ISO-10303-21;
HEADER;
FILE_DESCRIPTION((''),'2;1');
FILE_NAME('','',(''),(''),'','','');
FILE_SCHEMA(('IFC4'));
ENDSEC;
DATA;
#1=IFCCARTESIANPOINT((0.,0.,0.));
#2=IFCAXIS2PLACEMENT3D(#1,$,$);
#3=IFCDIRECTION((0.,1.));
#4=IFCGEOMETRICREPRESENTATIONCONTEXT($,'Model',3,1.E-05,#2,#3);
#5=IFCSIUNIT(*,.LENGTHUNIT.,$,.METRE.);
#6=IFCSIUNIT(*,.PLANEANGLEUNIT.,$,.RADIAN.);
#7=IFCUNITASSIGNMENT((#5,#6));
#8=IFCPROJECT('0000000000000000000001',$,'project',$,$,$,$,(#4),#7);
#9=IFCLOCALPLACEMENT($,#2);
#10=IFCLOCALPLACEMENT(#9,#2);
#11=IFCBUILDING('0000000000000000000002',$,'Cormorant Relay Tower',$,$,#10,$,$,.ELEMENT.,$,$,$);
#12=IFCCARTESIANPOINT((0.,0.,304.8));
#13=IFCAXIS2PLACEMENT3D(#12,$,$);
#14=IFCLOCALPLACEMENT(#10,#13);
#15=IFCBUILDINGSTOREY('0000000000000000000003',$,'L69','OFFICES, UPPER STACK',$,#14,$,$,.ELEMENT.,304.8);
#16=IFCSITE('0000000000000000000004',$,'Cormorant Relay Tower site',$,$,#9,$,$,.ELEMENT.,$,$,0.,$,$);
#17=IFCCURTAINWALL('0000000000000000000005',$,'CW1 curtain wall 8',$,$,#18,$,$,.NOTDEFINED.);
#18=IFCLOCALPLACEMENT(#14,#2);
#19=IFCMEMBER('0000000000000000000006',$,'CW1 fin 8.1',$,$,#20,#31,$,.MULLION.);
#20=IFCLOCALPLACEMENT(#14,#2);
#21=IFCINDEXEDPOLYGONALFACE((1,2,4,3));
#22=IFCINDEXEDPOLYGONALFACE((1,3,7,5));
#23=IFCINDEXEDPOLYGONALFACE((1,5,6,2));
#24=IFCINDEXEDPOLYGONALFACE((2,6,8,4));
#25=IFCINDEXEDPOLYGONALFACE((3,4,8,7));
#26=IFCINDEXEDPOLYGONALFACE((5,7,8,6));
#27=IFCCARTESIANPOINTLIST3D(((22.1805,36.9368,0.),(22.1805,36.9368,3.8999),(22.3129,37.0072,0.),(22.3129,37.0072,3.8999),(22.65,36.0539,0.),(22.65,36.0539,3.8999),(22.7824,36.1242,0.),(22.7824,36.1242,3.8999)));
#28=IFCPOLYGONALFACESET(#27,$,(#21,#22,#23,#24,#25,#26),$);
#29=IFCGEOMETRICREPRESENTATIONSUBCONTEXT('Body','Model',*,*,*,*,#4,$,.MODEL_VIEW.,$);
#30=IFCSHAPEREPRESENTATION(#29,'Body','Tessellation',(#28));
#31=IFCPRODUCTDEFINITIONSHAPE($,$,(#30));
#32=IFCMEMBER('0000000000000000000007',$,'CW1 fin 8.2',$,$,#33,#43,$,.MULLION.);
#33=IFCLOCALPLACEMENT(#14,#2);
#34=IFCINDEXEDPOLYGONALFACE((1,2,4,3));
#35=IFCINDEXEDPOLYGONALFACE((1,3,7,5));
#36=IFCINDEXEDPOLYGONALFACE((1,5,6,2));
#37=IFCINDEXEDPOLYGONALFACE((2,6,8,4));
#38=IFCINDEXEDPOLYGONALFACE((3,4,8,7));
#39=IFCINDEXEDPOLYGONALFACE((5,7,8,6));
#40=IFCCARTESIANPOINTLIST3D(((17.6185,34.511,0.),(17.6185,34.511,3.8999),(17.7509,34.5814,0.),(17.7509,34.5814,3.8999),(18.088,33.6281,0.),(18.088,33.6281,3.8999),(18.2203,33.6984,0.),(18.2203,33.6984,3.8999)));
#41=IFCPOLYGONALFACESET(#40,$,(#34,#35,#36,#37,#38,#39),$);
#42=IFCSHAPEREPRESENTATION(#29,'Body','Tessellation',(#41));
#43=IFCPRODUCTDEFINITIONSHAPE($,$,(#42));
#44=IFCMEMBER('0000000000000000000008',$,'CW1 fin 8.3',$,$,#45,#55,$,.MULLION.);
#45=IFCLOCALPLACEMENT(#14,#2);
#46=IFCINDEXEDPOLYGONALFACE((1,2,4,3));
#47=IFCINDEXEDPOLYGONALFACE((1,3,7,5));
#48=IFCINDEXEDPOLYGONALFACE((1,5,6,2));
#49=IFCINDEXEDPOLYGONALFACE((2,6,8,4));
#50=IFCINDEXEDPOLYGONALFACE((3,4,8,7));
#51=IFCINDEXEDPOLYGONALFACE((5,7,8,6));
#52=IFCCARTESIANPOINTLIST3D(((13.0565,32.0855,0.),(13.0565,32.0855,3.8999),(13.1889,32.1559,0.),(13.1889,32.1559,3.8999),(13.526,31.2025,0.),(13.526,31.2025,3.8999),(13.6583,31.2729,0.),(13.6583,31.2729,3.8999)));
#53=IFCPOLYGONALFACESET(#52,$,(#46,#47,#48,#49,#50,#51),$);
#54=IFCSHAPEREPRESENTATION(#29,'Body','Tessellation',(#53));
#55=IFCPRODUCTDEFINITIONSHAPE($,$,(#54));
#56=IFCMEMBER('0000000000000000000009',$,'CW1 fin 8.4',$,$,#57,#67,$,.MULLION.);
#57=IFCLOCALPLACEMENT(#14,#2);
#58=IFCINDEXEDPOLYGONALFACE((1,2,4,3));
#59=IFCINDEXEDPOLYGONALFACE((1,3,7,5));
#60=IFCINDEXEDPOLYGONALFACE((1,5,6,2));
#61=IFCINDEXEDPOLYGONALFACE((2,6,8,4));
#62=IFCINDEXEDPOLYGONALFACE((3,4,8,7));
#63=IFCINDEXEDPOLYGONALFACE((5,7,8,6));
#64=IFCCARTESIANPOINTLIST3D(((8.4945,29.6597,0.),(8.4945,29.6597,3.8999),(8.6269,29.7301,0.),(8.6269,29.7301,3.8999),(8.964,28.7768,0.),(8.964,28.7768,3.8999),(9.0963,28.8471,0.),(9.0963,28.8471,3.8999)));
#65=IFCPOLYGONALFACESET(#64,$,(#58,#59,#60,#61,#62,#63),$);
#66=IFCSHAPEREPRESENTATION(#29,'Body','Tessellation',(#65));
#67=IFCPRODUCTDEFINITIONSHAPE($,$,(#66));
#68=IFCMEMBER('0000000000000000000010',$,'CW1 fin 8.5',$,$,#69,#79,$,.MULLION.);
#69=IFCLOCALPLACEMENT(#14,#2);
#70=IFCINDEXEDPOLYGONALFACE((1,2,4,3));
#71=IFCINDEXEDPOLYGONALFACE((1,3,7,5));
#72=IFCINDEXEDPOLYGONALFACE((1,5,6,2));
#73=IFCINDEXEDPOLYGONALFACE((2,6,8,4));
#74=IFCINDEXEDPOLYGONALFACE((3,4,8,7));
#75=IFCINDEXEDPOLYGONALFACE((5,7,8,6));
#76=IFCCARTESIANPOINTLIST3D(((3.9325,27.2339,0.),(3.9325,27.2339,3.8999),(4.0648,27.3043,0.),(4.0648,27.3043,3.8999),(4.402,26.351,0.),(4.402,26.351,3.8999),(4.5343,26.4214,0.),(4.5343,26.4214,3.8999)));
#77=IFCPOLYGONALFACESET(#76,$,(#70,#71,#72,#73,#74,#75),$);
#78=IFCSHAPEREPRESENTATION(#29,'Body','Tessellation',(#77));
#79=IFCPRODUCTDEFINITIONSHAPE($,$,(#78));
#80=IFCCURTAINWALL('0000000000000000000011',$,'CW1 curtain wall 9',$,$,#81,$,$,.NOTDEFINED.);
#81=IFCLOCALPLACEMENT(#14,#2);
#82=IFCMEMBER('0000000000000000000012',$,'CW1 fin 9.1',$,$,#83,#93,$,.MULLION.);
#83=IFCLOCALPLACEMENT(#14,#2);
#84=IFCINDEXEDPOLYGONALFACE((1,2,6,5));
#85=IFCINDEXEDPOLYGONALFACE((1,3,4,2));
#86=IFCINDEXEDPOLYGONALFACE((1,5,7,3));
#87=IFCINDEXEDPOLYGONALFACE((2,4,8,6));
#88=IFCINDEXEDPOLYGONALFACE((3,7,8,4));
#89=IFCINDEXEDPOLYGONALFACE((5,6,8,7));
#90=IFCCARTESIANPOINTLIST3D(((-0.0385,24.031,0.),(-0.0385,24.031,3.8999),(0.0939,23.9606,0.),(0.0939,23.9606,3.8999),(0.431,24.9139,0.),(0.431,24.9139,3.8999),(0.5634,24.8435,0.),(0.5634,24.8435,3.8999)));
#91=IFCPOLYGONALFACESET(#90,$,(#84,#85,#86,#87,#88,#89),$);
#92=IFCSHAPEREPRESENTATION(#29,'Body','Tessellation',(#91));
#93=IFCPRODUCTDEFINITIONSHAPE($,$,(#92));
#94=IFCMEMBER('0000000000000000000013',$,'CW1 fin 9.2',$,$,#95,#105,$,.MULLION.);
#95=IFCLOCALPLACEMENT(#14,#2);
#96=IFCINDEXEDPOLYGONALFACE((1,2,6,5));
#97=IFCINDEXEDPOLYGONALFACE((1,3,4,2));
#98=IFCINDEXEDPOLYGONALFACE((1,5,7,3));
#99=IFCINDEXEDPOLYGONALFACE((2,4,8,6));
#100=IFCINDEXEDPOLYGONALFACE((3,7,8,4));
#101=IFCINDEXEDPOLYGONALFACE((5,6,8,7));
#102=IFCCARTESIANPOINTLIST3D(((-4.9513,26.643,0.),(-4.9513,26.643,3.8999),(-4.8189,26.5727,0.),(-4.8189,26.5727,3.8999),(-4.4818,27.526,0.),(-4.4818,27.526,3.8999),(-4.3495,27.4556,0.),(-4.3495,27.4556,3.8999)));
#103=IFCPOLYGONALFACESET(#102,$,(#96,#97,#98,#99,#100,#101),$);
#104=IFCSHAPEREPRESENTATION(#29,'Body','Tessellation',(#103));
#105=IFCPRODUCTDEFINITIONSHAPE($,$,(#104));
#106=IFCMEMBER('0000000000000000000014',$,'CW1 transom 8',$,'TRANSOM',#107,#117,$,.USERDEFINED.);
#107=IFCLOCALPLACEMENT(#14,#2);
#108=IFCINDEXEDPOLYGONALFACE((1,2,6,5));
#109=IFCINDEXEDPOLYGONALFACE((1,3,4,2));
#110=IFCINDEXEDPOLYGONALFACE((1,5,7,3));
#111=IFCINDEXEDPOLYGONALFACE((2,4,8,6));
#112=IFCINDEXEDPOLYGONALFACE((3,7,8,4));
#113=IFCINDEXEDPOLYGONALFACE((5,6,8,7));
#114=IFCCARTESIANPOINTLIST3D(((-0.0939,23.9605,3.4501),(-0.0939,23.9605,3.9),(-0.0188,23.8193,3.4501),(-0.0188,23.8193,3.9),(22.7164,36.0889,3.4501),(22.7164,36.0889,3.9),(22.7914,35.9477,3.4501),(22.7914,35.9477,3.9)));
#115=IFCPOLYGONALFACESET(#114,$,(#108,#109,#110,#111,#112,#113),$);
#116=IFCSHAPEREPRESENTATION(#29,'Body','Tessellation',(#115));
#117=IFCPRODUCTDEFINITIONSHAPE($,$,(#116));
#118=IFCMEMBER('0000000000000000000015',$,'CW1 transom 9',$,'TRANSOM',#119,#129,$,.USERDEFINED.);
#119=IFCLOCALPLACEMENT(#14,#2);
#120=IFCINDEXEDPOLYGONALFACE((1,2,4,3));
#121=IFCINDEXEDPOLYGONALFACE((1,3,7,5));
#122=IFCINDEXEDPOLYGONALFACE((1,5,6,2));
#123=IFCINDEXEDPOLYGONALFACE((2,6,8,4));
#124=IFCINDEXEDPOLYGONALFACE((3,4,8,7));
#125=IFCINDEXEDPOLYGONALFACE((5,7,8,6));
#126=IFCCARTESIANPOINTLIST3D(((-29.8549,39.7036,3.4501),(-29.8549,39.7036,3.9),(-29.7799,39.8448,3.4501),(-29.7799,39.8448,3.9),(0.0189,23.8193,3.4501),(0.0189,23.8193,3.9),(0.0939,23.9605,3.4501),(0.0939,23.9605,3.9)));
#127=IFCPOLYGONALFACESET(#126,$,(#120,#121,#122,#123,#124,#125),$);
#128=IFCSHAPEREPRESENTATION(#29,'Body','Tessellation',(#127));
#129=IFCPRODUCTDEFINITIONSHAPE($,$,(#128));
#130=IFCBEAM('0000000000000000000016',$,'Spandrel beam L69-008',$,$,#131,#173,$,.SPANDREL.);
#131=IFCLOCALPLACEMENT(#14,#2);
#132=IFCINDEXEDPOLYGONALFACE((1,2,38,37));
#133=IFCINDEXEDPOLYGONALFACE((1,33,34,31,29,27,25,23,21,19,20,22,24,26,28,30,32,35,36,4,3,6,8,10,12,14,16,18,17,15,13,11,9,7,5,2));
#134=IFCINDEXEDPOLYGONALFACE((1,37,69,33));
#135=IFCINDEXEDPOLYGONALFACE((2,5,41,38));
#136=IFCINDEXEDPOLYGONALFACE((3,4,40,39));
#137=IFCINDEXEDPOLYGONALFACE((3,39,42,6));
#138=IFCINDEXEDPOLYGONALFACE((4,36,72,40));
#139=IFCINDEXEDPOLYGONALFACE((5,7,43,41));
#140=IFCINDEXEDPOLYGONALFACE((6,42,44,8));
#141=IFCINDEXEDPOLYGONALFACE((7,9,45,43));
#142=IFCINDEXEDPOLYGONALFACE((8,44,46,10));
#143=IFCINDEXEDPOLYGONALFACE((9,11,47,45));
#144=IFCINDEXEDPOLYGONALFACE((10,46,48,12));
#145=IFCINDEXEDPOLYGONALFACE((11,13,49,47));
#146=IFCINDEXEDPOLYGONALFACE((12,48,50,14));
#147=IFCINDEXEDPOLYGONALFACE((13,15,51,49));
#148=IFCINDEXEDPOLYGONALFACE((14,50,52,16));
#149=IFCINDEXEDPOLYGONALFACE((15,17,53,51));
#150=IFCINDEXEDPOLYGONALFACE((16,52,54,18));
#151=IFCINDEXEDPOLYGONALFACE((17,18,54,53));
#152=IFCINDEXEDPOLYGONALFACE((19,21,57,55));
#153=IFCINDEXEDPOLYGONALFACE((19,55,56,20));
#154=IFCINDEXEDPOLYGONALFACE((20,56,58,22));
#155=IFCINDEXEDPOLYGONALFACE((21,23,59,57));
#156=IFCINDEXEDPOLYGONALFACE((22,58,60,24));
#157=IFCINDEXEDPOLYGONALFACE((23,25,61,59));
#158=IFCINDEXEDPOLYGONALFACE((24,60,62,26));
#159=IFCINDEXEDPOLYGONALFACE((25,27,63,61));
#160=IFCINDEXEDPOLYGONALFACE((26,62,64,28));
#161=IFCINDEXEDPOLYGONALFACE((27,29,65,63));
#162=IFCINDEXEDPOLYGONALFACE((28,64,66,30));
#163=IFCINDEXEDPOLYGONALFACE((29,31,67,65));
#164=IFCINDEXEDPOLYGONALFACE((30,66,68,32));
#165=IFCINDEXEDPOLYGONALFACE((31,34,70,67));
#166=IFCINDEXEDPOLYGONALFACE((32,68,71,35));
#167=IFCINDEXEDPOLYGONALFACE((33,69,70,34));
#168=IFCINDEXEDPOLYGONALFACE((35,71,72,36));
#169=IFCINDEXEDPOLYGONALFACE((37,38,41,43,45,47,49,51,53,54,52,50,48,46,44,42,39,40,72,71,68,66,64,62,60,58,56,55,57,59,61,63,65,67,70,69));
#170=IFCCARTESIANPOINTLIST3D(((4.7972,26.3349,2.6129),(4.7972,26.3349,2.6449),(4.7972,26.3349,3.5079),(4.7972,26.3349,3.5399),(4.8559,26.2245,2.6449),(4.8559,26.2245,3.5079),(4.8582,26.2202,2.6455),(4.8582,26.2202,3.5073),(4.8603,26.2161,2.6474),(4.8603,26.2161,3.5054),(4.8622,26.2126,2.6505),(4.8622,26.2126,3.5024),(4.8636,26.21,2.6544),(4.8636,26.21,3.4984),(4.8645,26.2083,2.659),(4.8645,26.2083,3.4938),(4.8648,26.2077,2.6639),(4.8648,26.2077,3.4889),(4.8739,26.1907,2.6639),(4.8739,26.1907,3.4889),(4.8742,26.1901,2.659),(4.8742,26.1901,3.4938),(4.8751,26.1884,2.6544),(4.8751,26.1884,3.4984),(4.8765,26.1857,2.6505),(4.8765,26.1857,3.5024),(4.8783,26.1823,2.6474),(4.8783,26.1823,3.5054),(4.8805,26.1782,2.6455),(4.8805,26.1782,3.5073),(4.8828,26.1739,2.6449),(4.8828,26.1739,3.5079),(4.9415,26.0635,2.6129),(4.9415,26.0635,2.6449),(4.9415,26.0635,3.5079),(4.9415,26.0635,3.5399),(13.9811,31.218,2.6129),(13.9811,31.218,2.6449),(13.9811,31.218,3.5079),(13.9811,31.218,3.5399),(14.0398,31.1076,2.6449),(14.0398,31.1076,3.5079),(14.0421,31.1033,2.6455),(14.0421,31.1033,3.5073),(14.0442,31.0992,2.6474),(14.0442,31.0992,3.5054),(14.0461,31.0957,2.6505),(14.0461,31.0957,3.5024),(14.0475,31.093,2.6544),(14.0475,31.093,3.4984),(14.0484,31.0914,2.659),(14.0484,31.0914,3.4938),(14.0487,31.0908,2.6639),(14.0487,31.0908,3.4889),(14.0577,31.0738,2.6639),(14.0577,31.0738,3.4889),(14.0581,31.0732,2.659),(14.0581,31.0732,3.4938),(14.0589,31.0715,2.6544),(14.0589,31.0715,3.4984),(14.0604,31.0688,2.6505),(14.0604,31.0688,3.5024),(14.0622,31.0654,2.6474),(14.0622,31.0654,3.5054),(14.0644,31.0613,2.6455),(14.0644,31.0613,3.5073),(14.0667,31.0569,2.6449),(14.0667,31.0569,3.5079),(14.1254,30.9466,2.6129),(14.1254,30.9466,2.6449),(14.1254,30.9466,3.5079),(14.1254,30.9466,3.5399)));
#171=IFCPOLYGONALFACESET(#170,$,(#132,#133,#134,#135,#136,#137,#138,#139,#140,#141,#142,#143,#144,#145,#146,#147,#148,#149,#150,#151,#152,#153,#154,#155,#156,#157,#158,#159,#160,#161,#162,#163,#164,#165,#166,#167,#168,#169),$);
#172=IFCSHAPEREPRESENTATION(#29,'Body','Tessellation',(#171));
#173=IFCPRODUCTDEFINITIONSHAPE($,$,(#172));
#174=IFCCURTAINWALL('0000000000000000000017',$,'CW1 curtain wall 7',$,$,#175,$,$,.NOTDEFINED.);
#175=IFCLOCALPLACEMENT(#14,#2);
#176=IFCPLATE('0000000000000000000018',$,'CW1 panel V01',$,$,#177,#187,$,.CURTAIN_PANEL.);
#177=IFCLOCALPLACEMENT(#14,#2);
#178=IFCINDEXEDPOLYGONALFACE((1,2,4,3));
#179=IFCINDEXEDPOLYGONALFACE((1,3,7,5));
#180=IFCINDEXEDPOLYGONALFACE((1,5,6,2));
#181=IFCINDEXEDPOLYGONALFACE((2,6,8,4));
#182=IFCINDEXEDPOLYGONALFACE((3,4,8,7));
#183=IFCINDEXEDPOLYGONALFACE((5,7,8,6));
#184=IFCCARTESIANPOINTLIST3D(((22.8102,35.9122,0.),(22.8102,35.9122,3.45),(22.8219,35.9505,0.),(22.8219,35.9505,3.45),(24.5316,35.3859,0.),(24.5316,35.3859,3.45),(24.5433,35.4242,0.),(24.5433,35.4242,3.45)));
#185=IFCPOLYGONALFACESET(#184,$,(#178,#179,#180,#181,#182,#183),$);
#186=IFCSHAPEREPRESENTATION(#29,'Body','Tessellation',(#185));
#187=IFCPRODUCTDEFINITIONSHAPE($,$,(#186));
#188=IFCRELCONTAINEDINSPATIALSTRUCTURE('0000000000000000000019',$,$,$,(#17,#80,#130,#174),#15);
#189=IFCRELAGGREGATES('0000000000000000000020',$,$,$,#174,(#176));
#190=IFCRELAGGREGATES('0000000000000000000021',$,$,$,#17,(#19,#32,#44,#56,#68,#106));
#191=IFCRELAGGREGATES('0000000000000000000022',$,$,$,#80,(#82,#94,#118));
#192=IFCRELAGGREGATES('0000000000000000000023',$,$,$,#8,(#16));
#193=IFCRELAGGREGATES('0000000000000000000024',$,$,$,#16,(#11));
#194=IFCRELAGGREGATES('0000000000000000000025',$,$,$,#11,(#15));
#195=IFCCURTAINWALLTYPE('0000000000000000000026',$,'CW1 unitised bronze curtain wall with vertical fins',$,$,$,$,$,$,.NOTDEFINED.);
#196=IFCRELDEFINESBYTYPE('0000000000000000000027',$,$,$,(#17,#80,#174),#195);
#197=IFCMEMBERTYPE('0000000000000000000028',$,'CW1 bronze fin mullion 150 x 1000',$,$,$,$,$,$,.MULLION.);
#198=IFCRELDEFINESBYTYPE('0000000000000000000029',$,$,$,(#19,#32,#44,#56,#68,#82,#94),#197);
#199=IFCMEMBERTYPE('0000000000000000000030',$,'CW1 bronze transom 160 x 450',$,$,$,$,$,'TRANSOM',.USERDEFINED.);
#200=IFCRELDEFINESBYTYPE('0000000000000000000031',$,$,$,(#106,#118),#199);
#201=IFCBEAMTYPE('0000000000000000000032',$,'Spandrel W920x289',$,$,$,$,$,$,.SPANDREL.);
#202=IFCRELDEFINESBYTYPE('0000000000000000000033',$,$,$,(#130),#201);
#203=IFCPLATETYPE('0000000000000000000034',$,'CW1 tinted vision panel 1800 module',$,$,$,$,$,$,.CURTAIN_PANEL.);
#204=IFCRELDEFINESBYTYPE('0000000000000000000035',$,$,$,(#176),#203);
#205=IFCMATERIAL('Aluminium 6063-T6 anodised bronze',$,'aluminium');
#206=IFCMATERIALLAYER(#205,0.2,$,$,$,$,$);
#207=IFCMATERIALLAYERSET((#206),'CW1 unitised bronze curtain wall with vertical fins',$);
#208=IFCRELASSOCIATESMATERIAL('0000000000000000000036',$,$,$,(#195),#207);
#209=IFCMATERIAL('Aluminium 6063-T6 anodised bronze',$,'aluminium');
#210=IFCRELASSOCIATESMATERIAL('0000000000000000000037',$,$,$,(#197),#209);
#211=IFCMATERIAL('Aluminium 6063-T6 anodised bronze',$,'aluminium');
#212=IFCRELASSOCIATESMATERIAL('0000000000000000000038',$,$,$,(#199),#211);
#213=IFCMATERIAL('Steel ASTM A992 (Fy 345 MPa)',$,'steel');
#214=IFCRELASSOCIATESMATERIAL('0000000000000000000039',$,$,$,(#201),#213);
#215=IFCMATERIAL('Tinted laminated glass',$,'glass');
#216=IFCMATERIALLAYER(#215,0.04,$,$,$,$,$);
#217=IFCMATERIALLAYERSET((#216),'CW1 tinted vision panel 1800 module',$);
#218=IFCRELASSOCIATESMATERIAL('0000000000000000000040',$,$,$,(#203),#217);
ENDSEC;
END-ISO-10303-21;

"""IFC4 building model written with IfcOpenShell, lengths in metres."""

from ifc_helpers import new_model, si_unit, direction, frame, origin, origin_2d, place, context, subcontext, project, spatial, rectangle, i_section, extrude, material, layer, layer_set, material_profile, profile_set, type_object, element, aggregate, save


model = new_model("IFC4")

# Units and contexts
model_context = context("Model", 3, precision=1e-05, world=origin(), true_north=direction((0.0, 1.0)))
body_context = subcontext(model_context, "Body", "Model", "MODEL_VIEW")
ifc_project = project(units=[si_unit("LENGTHUNIT", "METRE"), si_unit("PLANEANGLEUNIT", "RADIAN")], contexts=[model_context])

# Site, building, storey
site_placement = place(None, origin())
site = spatial("IfcSite", under=ifc_project, at=site_placement, Name="Cormorant Relay Tower site", CompositionType="ELEMENT", RefElevation=0.0)
building_placement = place(site_placement, origin())
building = spatial("IfcBuilding", under=site, at=building_placement, Name="Cormorant Relay Tower", CompositionType="ELEMENT")
storey_placement = place(building_placement, frame((0.0, 0.0, 304.8)))
storey = spatial("IfcBuildingStorey", under=building, at=storey_placement, Name="L69", Description="OFFICES, UPPER STACK", CompositionType="ELEMENT", Elevation=304.8)

# Curtain walls, members
ifc_material_1 = material(Name="Aluminium 6063-T6 anodised bronze", Category="aluminium")
ifc_layer_1 = layer(ifc_material_1, 0.2)
ifc_layer_set_1 = layer_set([ifc_layer_1], Name="CW1 unitised bronze curtain wall with vertical fins")
curtain_wall_type = type_object("IfcCurtainWallType", Name="CW1 unitised bronze curtain wall with vertical fins", PredefinedType="NOTDEFINED", material=ifc_layer_set_1)
curtain_wall_1_placement = place(storey_placement, origin())
curtain_wall_1 = element("IfcCurtainWall", 1, at=curtain_wall_1_placement, inside=storey, type_object=curtain_wall_type, Name="CW1 curtain wall 8", PredefinedType="NOTDEFINED")
ifc_material_2 = material(Name="Aluminium 6063-T6 anodised bronze", Category="aluminium")
ifc_material_profile_1 = material_profile(ifc_material_2, rectangle(XDim=0.1499, YDim=1.0, at=origin_2d()), Name="AL 150x1000")
ifc_profile_set_1 = profile_set([ifc_material_profile_1], Name="Aluminium 6063-T6 anodised bronze")
member_type_1 = type_object("IfcMemberType", Name="CW1 bronze fin mullion 150 x 1000", PredefinedType="MULLION", material=ifc_profile_set_1)
member_1_placement = place(storey_placement, frame((22.4814, 36.5305, 0.0), z_axis=(0.0, 0.0, 1.0), x_axis=(-0.882948, -0.469472, 0.0)))
member_1 = element("IfcMember", 2, at=member_1_placement, type_object=member_type_1, Name="CW1 fin 8.1", PredefinedType="MULLION", context=body_context, shape_type="SweptSolid", body=[
    extrude(rectangle(XDim=0.1499, YDim=1.0, at=origin_2d()), origin(), (0.0, 0.0, 1.0), 3.8999),
])
member_2_placement = place(storey_placement, frame((17.9194, 34.1047, 0.0), z_axis=(0.0, 0.0, 1.0), x_axis=(-0.882948, -0.469472, 0.0)))
member_2 = element("IfcMember", 3, at=member_2_placement, type_object=member_type_1, Name="CW1 fin 8.2", PredefinedType="MULLION", context=body_context, shape_type="SweptSolid", body=[
    extrude(rectangle(XDim=0.1499, YDim=1.0, at=origin_2d()), origin(), (0.0, 0.0, 1.0), 3.8999),
])
member_3_placement = place(storey_placement, frame((13.3574, 31.6792, 0.0), z_axis=(0.0, 0.0, 1.0), x_axis=(-0.882948, -0.469472, 0.0)))
member_3 = element("IfcMember", 4, at=member_3_placement, type_object=member_type_1, Name="CW1 fin 8.3", PredefinedType="MULLION", context=body_context, shape_type="SweptSolid", body=[
    extrude(rectangle(XDim=0.1499, YDim=1.0, at=origin_2d()), origin(), (0.0, 0.0, 1.0), 3.8999),
])
member_4_placement = place(storey_placement, frame((8.7954, 29.2534, 0.0), z_axis=(0.0, 0.0, 1.0), x_axis=(-0.882948, -0.469472, 0.0)))
member_4 = element("IfcMember", 5, at=member_4_placement, type_object=member_type_1, Name="CW1 fin 8.4", PredefinedType="MULLION", context=body_context, shape_type="SweptSolid", body=[
    extrude(rectangle(XDim=0.1499, YDim=1.0, at=origin_2d()), origin(), (0.0, 0.0, 1.0), 3.8999),
])
member_5_placement = place(storey_placement, frame((4.2334, 26.8276, 0.0), z_axis=(0.0, 0.0, 1.0), x_axis=(-0.882948, -0.469472, 0.0)))
member_5 = element("IfcMember", 6, at=member_5_placement, type_object=member_type_1, Name="CW1 fin 8.5", PredefinedType="MULLION", context=body_context, shape_type="SweptSolid", body=[
    extrude(rectangle(XDim=0.1499, YDim=1.0, at=origin_2d()), origin(), (0.0, 0.0, 1.0), 3.8999),
])
curtain_wall_2_placement = place(storey_placement, origin())
curtain_wall_2 = element("IfcCurtainWall", 7, at=curtain_wall_2_placement, inside=storey, type_object=curtain_wall_type, Name="CW1 curtain wall 9", PredefinedType="NOTDEFINED")
member_6_placement = place(storey_placement, frame((0.2625, 24.4373, 0.0), z_axis=(0.0, 0.0, 1.0), x_axis=(-0.882948, 0.469472, 0.0)))
member_6 = element("IfcMember", 8, at=member_6_placement, type_object=member_type_1, Name="CW1 fin 9.1", PredefinedType="MULLION", context=body_context, shape_type="SweptSolid", body=[
    extrude(rectangle(XDim=0.1499, YDim=1.0, at=origin_2d()), origin(), (0.0, 0.0, 1.0), 3.8999),
])
member_7_placement = place(storey_placement, frame((-4.6504, 27.0493, 0.0), z_axis=(0.0, 0.0, 1.0), x_axis=(-0.882948, 0.469472, 0.0)))
member_7 = element("IfcMember", 9, at=member_7_placement, type_object=member_type_1, Name="CW1 fin 9.2", PredefinedType="MULLION", context=body_context, shape_type="SweptSolid", body=[
    extrude(rectangle(XDim=0.1499, YDim=1.0, at=origin_2d()), origin(), (0.0, 0.0, 1.0), 3.8999),
])

# Members
ifc_material_3 = material(Name="Aluminium 6063-T6 anodised bronze", Category="aluminium")
ifc_material_profile_2 = material_profile(ifc_material_3, rectangle(XDim=0.1599, YDim=0.45, at=origin_2d()), Name="AL 160x450")
ifc_profile_set_2 = profile_set([ifc_material_profile_2], Name="Aluminium 6063-T6 anodised bronze")
member_type_2 = type_object("IfcMemberType", Name="CW1 bronze transom 160 x 450", ElementType="TRANSOM", PredefinedType="USERDEFINED", material=ifc_profile_set_2)
member_8_placement = place(storey_placement, frame((22.7539, 36.0183, 3.675), z_axis=(-0.882948, -0.469471, 0.0), x_axis=(0.469471, -0.882948, 0.0)))
member_8 = element("IfcMember", 10, at=member_8_placement, type_object=member_type_2, Name="CW1 transom 8", ObjectType="TRANSOM", PredefinedType="USERDEFINED", context=body_context, shape_type="SweptSolid", body=[
    extrude(rectangle(XDim=0.1599, YDim=0.45, at=origin_2d()), origin(), (0.0, 0.0, 1.0), 25.8342),
])
member_9_placement = place(storey_placement, frame((0.0564, 23.8899, 3.675), z_axis=(-0.882946, 0.469474, 0.0), x_axis=(-0.469474, -0.882946, 0.0)))
member_9 = element("IfcMember", 11, at=member_9_placement, type_object=member_type_2, Name="CW1 transom 9", ObjectType="TRANSOM", PredefinedType="USERDEFINED", context=body_context, shape_type="SweptSolid", body=[
    extrude(rectangle(XDim=0.1599, YDim=0.45, at=origin_2d()), origin(), (0.0, 0.0, 1.0), 33.8342),
])

# Beam
ifc_material_4 = material(Name="Steel ASTM A992 (Fy 345 MPa)", Category="steel")
ifc_material_profile_3 = material_profile(ifc_material_4, i_section(OverallWidth=0.3074, OverallDepth=0.927, WebThickness=0.0193, FlangeThickness=0.032, FilletRadius=0.019, at=origin_2d()), Name="W920x289")
ifc_profile_set_3 = profile_set([ifc_material_profile_3], Name="Steel ASTM A992 (Fy 345 MPa)")
beam_type = type_object("IfcBeamType", Name="Spandrel W920x289", PredefinedType="SPANDREL", material=ifc_profile_set_3)
beam_placement = place(storey_placement, frame((14.0532, 31.0823, 3.0764), z_axis=(-0.882951, -0.469466, 0.0), x_axis=(0.469466, -0.882951, 0.0)))
element("IfcBeam", 12, at=beam_placement, inside=storey, type_object=beam_type, Name="Spandrel beam L69-008", PredefinedType="SPANDREL", context=body_context, shape_type="SweptSolid", body=[
    extrude(i_section(OverallWidth=0.3074, OverallDepth=0.927, WebThickness=0.0193, FlangeThickness=0.032, FilletRadius=0.019, at=origin_2d()), origin(), (0.0, 0.0, 1.0), 10.4014),
])

# Curtain wall, plate
curtain_wall_3_placement = place(storey_placement, origin())
curtain_wall_3 = element("IfcCurtainWall", 13, at=curtain_wall_3_placement, inside=storey, type_object=curtain_wall_type, Name="CW1 curtain wall 7", PredefinedType="NOTDEFINED")
ifc_material_5 = material(Name="Tinted laminated glass", Category="glass")
ifc_layer_2 = layer(ifc_material_5, 0.04)
ifc_layer_set_2 = layer_set([ifc_layer_2], Name="CW1 tinted vision panel 1800 module")
plate_type_1 = type_object("IfcPlateType", Name="CW1 tinted vision panel 1800 module", PredefinedType="CURTAIN_PANEL", material=ifc_layer_set_2)
plate_1_placement = place(storey_placement, frame((23.6768, 35.6682, 0.0), z_axis=(0.0, 0.0, 1.0), x_axis=(-0.956305, 0.292372, 0.0)))
plate_1 = element("IfcPlate", 14, at=plate_1_placement, type_object=plate_type_1, Name="CW1 panel V01", PredefinedType="CURTAIN_PANEL", context=body_context, shape_type="SweptSolid", body=[
    extrude(rectangle(XDim=1.8, YDim=0.04, at=origin_2d()), origin(), (0.0, 0.0, 1.0), 3.45),
])
aggregate(curtain_wall_3, [plate_1])

aggregate(curtain_wall_1, [member_1, member_2, member_3, member_4, member_5, member_8])
aggregate(curtain_wall_2, [member_6, member_7, member_9])

save(model, "model.ifc")
